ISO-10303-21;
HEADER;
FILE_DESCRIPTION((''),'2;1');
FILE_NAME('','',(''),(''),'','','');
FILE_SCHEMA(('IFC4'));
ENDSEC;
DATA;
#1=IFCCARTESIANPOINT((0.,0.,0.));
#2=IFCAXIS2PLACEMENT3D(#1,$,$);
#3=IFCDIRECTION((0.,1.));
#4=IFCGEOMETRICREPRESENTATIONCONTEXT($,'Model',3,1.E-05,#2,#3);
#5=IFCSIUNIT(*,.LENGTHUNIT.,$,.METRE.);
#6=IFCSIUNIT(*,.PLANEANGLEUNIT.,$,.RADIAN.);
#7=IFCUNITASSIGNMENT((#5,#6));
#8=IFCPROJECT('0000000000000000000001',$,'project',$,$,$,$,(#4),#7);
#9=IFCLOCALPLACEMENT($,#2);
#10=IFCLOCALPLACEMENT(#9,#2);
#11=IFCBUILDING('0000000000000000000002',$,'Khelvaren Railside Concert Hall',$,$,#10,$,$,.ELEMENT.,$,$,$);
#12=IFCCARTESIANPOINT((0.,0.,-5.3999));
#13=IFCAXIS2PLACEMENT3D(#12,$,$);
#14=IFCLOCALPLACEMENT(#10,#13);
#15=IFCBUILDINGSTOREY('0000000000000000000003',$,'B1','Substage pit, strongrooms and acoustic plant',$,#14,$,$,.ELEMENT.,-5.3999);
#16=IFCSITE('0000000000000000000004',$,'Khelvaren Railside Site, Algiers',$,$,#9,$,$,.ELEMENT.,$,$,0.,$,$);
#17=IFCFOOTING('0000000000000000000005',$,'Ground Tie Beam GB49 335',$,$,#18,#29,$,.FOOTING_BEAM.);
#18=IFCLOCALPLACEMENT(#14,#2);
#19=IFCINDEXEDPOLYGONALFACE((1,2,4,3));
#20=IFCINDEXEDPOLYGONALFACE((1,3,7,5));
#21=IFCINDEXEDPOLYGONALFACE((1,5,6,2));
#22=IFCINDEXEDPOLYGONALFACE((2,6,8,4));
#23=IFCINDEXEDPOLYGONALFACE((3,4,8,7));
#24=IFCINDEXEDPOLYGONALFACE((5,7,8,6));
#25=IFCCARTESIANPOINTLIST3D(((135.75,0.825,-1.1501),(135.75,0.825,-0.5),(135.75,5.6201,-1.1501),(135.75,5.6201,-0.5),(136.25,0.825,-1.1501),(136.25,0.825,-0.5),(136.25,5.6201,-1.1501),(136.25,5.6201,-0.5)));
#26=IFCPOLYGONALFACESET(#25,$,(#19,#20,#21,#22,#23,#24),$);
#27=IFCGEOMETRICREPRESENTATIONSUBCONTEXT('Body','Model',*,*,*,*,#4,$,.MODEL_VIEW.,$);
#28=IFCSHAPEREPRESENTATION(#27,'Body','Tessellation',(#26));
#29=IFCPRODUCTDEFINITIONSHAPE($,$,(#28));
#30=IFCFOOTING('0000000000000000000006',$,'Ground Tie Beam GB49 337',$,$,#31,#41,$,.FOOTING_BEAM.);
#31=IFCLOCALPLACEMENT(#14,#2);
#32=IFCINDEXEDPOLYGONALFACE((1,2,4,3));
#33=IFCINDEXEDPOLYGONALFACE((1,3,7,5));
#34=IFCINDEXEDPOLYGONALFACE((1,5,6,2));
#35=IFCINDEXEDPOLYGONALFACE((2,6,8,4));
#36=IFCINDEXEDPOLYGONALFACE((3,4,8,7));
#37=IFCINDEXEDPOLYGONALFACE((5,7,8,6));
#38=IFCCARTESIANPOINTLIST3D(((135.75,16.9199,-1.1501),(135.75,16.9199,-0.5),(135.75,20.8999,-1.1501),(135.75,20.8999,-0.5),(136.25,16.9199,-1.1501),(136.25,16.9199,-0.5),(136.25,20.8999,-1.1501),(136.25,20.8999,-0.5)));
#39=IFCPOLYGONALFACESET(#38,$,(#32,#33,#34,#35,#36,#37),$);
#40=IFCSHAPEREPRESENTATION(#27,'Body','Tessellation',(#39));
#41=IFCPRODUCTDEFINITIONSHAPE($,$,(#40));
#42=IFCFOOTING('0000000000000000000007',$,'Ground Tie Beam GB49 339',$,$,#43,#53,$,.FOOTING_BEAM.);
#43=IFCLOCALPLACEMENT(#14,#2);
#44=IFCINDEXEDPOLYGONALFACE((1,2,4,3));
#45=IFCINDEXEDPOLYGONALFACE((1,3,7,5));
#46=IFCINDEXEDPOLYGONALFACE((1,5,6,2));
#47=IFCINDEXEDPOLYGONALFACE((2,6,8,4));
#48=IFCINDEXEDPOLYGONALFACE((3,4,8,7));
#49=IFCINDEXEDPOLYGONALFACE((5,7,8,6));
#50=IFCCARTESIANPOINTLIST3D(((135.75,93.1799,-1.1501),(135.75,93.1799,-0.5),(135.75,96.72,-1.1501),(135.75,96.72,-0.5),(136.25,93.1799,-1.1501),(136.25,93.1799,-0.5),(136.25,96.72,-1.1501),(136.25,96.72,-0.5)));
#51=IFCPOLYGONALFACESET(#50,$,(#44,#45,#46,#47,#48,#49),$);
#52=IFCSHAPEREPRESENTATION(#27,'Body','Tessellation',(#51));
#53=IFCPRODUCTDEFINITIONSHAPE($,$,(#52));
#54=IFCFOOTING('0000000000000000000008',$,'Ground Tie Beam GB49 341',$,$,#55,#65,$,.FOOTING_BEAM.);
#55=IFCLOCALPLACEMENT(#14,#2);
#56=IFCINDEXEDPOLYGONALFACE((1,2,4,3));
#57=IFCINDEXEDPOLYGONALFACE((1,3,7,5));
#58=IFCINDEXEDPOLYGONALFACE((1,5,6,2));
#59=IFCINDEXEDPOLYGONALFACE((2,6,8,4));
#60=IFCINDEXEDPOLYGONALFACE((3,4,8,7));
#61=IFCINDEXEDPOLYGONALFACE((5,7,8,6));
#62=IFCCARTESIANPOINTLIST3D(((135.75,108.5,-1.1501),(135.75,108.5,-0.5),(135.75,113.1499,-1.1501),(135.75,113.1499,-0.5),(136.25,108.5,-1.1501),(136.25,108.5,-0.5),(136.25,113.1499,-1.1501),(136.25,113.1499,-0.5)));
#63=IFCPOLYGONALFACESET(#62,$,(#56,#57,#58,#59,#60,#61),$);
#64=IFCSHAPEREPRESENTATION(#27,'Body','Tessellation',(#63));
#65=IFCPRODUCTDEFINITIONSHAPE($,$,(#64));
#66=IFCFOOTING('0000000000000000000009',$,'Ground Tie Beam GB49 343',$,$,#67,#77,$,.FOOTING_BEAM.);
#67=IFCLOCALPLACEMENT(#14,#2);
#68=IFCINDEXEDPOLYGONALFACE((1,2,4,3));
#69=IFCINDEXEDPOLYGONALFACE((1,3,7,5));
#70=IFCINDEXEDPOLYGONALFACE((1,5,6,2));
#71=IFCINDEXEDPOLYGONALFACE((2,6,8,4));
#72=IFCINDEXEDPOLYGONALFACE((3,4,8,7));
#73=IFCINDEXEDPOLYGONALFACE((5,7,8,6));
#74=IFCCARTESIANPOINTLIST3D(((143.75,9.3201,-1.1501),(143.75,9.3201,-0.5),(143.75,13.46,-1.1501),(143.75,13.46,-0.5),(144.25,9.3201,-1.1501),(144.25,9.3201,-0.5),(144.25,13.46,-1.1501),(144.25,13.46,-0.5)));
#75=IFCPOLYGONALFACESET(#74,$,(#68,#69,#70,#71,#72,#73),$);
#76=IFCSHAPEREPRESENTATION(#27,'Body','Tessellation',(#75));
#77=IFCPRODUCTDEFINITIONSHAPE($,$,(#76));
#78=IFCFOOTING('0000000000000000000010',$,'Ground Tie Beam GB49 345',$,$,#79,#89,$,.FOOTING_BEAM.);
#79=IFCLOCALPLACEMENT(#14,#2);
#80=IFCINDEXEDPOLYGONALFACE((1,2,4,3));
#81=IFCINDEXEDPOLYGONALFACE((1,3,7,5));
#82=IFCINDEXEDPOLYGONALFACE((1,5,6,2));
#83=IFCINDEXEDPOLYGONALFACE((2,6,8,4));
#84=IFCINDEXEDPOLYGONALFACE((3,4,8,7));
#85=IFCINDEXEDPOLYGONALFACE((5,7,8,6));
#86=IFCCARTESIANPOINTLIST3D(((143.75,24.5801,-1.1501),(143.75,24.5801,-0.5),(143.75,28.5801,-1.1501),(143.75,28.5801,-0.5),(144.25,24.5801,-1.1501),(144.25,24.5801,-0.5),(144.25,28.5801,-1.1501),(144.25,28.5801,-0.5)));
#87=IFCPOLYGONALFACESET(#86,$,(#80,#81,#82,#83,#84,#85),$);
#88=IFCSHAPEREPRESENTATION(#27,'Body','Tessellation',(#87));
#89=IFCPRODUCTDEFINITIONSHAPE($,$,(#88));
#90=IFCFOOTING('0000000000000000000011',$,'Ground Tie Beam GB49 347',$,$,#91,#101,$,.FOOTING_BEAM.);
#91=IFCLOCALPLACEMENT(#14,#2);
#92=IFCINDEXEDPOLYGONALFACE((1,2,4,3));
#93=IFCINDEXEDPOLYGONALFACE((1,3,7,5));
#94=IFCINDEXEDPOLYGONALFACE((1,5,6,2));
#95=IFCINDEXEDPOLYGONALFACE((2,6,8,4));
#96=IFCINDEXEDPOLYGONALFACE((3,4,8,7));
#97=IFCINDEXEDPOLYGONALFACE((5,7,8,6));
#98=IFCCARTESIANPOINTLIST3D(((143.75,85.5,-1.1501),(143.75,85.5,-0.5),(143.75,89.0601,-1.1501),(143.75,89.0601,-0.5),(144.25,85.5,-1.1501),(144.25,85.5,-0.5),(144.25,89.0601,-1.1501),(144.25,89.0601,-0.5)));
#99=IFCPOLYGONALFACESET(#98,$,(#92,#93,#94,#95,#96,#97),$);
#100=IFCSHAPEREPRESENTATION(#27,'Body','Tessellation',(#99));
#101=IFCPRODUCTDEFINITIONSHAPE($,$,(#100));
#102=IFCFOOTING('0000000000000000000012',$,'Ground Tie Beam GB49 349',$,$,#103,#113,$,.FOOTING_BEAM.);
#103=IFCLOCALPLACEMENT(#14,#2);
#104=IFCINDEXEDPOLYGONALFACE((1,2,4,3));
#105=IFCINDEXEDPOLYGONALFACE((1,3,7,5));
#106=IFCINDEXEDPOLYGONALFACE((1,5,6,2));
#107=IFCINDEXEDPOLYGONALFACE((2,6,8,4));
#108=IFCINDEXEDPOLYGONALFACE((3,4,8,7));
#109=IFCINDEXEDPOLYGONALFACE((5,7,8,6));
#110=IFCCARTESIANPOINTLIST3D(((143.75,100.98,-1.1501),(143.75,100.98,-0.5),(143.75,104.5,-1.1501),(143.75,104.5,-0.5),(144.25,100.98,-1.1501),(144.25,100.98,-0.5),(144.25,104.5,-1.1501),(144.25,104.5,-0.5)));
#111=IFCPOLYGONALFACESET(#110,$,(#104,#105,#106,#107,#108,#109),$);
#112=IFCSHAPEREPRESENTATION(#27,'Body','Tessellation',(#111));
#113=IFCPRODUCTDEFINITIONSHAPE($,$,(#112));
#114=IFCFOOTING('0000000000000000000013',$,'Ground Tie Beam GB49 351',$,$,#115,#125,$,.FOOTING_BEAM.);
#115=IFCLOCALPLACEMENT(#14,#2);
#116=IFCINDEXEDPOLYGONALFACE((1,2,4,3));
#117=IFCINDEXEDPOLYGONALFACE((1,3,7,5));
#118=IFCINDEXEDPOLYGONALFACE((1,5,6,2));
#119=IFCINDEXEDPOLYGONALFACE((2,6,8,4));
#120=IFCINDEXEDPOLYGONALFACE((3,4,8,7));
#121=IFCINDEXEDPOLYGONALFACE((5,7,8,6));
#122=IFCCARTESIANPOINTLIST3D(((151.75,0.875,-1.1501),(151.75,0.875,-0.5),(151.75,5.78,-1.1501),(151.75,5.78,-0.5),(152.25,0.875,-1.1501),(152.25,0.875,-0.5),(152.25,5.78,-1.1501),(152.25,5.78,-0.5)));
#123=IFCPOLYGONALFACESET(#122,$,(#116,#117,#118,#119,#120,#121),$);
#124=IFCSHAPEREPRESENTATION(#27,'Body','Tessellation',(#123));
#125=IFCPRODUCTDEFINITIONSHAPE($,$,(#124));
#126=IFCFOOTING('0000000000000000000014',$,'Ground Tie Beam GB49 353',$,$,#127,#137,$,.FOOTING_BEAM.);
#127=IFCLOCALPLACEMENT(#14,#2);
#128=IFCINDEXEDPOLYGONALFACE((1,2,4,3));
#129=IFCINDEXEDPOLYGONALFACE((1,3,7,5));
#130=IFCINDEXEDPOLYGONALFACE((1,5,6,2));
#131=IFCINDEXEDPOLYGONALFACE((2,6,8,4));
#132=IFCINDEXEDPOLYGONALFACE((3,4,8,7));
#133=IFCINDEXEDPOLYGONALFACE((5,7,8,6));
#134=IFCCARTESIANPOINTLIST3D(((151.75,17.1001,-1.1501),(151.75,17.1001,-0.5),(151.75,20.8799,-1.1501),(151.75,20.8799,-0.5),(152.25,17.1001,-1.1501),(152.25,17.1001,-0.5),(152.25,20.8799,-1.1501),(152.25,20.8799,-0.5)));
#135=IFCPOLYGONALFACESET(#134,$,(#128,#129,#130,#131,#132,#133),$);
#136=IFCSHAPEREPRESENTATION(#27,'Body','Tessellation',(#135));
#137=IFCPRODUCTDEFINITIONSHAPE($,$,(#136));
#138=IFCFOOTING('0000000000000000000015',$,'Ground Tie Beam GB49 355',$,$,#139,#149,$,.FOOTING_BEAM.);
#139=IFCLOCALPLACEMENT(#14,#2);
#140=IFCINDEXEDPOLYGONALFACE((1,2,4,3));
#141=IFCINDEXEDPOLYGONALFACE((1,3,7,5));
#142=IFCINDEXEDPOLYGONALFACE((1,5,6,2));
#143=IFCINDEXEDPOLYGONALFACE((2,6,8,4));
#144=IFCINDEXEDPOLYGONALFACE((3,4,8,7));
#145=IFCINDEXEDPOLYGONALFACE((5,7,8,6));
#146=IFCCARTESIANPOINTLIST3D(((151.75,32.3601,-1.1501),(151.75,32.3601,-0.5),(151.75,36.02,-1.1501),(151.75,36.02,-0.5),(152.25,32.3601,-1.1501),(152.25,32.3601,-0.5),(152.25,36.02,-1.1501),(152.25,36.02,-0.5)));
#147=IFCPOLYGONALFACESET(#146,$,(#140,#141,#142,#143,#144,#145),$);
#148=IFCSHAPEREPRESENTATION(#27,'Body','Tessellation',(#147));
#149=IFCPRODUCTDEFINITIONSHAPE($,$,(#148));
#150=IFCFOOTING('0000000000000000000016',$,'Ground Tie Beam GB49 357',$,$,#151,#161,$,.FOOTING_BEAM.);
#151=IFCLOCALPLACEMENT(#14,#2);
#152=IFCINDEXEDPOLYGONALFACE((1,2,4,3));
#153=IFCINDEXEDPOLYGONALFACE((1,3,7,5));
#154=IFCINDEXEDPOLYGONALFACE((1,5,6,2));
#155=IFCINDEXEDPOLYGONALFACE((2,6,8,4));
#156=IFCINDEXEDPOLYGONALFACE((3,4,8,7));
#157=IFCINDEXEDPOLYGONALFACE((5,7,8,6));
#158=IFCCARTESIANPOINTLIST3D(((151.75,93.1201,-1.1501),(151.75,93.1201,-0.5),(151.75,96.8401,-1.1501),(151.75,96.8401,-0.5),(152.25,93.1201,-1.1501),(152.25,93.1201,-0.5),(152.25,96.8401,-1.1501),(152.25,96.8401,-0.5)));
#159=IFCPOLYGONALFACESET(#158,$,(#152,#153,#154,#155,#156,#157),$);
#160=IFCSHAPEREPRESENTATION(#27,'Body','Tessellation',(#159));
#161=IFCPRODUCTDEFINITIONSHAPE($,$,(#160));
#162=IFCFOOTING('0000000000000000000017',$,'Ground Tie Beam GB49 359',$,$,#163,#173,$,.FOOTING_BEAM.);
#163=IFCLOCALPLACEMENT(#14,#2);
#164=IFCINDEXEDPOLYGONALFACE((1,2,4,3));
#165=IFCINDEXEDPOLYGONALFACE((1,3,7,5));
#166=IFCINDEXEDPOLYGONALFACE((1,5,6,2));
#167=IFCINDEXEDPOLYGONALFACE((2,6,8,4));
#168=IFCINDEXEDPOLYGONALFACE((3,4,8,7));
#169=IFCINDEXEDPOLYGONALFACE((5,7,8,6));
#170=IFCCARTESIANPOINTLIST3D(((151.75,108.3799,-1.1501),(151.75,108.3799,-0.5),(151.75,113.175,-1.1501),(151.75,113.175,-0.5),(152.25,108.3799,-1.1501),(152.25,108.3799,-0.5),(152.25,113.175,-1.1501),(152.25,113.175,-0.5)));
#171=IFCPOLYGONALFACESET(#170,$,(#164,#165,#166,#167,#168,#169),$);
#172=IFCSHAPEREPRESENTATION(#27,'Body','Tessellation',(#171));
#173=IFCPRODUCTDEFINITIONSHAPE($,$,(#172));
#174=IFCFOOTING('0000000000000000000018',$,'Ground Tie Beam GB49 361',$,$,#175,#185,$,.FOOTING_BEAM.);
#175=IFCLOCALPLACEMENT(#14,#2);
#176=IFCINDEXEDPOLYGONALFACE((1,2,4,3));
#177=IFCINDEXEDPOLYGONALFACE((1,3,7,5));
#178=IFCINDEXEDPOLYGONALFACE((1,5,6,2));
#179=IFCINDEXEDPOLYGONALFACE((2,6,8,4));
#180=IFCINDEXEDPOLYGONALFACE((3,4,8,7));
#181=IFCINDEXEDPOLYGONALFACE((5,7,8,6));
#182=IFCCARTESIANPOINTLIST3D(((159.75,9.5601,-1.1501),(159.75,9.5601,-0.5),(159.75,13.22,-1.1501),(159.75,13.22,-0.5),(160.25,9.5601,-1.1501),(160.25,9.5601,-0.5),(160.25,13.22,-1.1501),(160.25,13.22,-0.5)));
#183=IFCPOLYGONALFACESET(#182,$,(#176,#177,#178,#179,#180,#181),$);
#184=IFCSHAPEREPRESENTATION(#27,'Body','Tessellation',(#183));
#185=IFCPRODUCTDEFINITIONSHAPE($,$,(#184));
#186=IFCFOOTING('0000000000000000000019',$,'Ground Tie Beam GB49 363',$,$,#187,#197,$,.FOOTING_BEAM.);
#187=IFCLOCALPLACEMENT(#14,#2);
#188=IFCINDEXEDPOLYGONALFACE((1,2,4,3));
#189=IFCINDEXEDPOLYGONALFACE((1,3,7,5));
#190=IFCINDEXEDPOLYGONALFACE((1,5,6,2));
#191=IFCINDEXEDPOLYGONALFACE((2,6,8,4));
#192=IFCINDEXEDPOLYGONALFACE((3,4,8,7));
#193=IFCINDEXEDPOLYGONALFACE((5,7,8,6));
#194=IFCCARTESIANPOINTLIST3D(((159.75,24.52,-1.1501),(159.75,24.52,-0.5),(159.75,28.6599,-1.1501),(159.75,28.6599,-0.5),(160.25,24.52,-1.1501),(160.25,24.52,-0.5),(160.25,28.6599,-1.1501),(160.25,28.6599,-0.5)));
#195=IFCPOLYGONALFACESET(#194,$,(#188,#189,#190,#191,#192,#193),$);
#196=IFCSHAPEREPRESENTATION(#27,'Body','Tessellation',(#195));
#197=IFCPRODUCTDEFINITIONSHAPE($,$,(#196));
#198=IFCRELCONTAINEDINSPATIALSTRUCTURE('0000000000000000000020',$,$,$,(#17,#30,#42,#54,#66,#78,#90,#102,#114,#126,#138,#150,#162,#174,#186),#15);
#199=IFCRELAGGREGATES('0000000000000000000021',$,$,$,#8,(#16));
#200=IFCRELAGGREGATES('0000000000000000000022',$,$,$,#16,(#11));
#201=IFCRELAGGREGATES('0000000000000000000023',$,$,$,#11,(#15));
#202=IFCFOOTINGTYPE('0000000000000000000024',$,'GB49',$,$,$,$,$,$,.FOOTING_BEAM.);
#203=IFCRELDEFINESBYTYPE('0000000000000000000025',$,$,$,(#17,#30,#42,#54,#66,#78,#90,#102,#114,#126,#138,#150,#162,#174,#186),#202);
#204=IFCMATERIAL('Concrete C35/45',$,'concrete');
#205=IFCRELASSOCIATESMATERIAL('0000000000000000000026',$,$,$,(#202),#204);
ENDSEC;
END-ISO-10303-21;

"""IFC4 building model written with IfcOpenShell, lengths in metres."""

from ifc_helpers import new_model, si_unit, direction, frame, origin, place, context, subcontext, project, spatial, polyline, outline, extrude, material, type_object, element, save


model = new_model("IFC4")

# Units and contexts
model_context = context("Model", 3, precision=1e-05, world=origin(), true_north=direction((0.0, 1.0)))
body_context = subcontext(model_context, "Body", "Model", "MODEL_VIEW")
ifc_project = project(units=[si_unit("LENGTHUNIT", "METRE"), si_unit("PLANEANGLEUNIT", "RADIAN")], contexts=[model_context])

# Site, building, storey
site_placement = place(None, origin())
site = spatial("IfcSite", under=ifc_project, at=site_placement, Name="Khelvaren Railside Site, Algiers", CompositionType="ELEMENT", RefElevation=0.0)
building_placement = place(site_placement, origin())
building = spatial("IfcBuilding", under=site, at=building_placement, Name="Khelvaren Railside Concert Hall", CompositionType="ELEMENT")
storey_placement = place(building_placement, frame((0.0, 0.0, -5.3999)))
storey = spatial("IfcBuildingStorey", under=building, at=storey_placement, Name="B1", Description="Substage pit, strongrooms and acoustic plant", CompositionType="ELEMENT", Elevation=-5.3999)

# Footings
ifc_material = material(Name="Concrete C35/45", Category="concrete")
footing_type_1 = type_object("IfcFootingType", Name="GB49", PredefinedType="FOOTING_BEAM", material=ifc_material)
footing_1_placement = place(storey_placement, frame((0.0, 0.0, -1.1501)))
element("IfcFooting", 1, at=footing_1_placement, inside=storey, type_object=footing_type_1, Name="Ground Tie Beam GB49 335", PredefinedType="FOOTING_BEAM", context=body_context, shape_type="SweptSolid", body=[
    extrude(outline(polyline([(135.75, 0.825), (136.25, 0.825), (136.25, 5.6201), (135.75, 5.6201), (135.75, 0.825)])), origin(), (0.0, 0.0, 1.0), 0.6501),
])
footing_2_placement = place(storey_placement, frame((0.0, 0.0, -1.1501)))
element("IfcFooting", 2, at=footing_2_placement, inside=storey, type_object=footing_type_1, Name="Ground Tie Beam GB49 337", PredefinedType="FOOTING_BEAM", context=body_context, shape_type="SweptSolid", body=[
    extrude(outline(polyline([(135.75, 16.9199), (136.25, 16.9199), (136.25, 20.8999), (135.75, 20.8999), (135.75, 16.9199)])), origin(), (0.0, 0.0, 1.0), 0.6501),
])
footing_3_placement = place(storey_placement, frame((0.0, 0.0, -1.1501)))
element("IfcFooting", 3, at=footing_3_placement, inside=storey, type_object=footing_type_1, Name="Ground Tie Beam GB49 339", PredefinedType="FOOTING_BEAM", context=body_context, shape_type="SweptSolid", body=[
    extrude(outline(polyline([(135.75, 93.1799), (136.25, 93.1799), (136.25, 96.72), (135.75, 96.72), (135.75, 93.1799)])), origin(), (0.0, 0.0, 1.0), 0.6501),
])
footing_4_placement = place(storey_placement, frame((0.0, 0.0, -1.1501)))
element("IfcFooting", 4, at=footing_4_placement, inside=storey, type_object=footing_type_1, Name="Ground Tie Beam GB49 341", PredefinedType="FOOTING_BEAM", context=body_context, shape_type="SweptSolid", body=[
    extrude(outline(polyline([(135.75, 108.5), (136.25, 108.5), (136.25, 113.1499), (135.75, 113.1499), (135.75, 108.5)])), origin(), (0.0, 0.0, 1.0), 0.6501),
])
footing_5_placement = place(storey_placement, frame((0.0, 0.0, -1.1501)))
element("IfcFooting", 5, at=footing_5_placement, inside=storey, type_object=footing_type_1, Name="Ground Tie Beam GB49 343", PredefinedType="FOOTING_BEAM", context=body_context, shape_type="SweptSolid", body=[
    extrude(outline(polyline([(143.75, 9.3201), (144.25, 9.3201), (144.25, 13.46), (143.75, 13.46), (143.75, 9.3201)])), origin(), (0.0, 0.0, 1.0), 0.6501),
])
footing_6_placement = place(storey_placement, frame((0.0, 0.0, -1.1501)))
element("IfcFooting", 6, at=footing_6_placement, inside=storey, type_object=footing_type_1, Name="Ground Tie Beam GB49 345", PredefinedType="FOOTING_BEAM", context=body_context, shape_type="SweptSolid", body=[
    extrude(outline(polyline([(143.75, 24.5801), (144.25, 24.5801), (144.25, 28.5801), (143.75, 28.5801), (143.75, 24.5801)])), origin(), (0.0, 0.0, 1.0), 0.6501),
])
footing_7_placement = place(storey_placement, frame((0.0, 0.0, -1.1501)))
element("IfcFooting", 7, at=footing_7_placement, inside=storey, type_object=footing_type_1, Name="Ground Tie Beam GB49 347", PredefinedType="FOOTING_BEAM", context=body_context, shape_type="SweptSolid", body=[
    extrude(outline(polyline([(143.75, 85.5), (144.25, 85.5), (144.25, 89.0601), (143.75, 89.0601), (143.75, 85.5)])), origin(), (0.0, 0.0, 1.0), 0.6501),
])
footing_8_placement = place(storey_placement, frame((0.0, 0.0, -1.1501)))
element("IfcFooting", 8, at=footing_8_placement, inside=storey, type_object=footing_type_1, Name="Ground Tie Beam GB49 349", PredefinedType="FOOTING_BEAM", context=body_context, shape_type="SweptSolid", body=[
    extrude(outline(polyline([(143.75, 100.98), (144.25, 100.98), (144.25, 104.5), (143.75, 104.5), (143.75, 100.98)])), origin(), (0.0, 0.0, 1.0), 0.6501),
])
footing_9_placement = place(storey_placement, frame((0.0, 0.0, -1.1501)))
element("IfcFooting", 9, at=footing_9_placement, inside=storey, type_object=footing_type_1, Name="Ground Tie Beam GB49 351", PredefinedType="FOOTING_BEAM", context=body_context, shape_type="SweptSolid", body=[
    extrude(outline(polyline([(151.75, 0.875), (152.25, 0.875), (152.25, 5.78), (151.75, 5.78), (151.75, 0.875)])), origin(), (0.0, 0.0, 1.0), 0.6501),
])
footing_10_placement = place(storey_placement, frame((0.0, 0.0, -1.1501)))
element("IfcFooting", 10, at=footing_10_placement, inside=storey, type_object=footing_type_1, Name="Ground Tie Beam GB49 353", PredefinedType="FOOTING_BEAM", context=body_context, shape_type="SweptSolid", body=[
    extrude(outline(polyline([(151.75, 17.1001), (152.25, 17.1001), (152.25, 20.8799), (151.75, 20.8799), (151.75, 17.1001)])), origin(), (0.0, 0.0, 1.0), 0.6501),
])
footing_11_placement = place(storey_placement, frame((0.0, 0.0, -1.1501)))
element("IfcFooting", 11, at=footing_11_placement, inside=storey, type_object=footing_type_1, Name="Ground Tie Beam GB49 355", PredefinedType="FOOTING_BEAM", context=body_context, shape_type="SweptSolid", body=[
    extrude(outline(polyline([(151.75, 32.3601), (152.25, 32.3601), (152.25, 36.02), (151.75, 36.02), (151.75, 32.3601)])), origin(), (0.0, 0.0, 1.0), 0.6501),
])
footing_12_placement = place(storey_placement, frame((0.0, 0.0, -1.1501)))
element("IfcFooting", 12, at=footing_12_placement, inside=storey, type_object=footing_type_1, Name="Ground Tie Beam GB49 357", PredefinedType="FOOTING_BEAM", context=body_context, shape_type="SweptSolid", body=[
    extrude(outline(polyline([(151.75, 93.1201), (152.25, 93.1201), (152.25, 96.8401), (151.75, 96.8401), (151.75, 93.1201)])), origin(), (0.0, 0.0, 1.0), 0.6501),
])
footing_13_placement = place(storey_placement, frame((0.0, 0.0, -1.1501)))
element("IfcFooting", 13, at=footing_13_placement, inside=storey, type_object=footing_type_1, Name="Ground Tie Beam GB49 359", PredefinedType="FOOTING_BEAM", context=body_context, shape_type="SweptSolid", body=[
    extrude(outline(polyline([(151.75, 108.3799), (152.25, 108.3799), (152.25, 113.175), (151.75, 113.175), (151.75, 108.3799)])), origin(), (0.0, 0.0, 1.0), 0.6501),
])
footing_14_placement = place(storey_placement, frame((0.0, 0.0, -1.1501)))
element("IfcFooting", 14, at=footing_14_placement, inside=storey, type_object=footing_type_1, Name="Ground Tie Beam GB49 361", PredefinedType="FOOTING_BEAM", context=body_context, shape_type="SweptSolid", body=[
    extrude(outline(polyline([(159.75, 9.5601), (160.25, 9.5601), (160.25, 13.22), (159.75, 13.22), (159.75, 9.5601)])), origin(), (0.0, 0.0, 1.0), 0.6501),
])
footing_15_placement = place(storey_placement, frame((0.0, 0.0, -1.1501)))
element("IfcFooting", 15, at=footing_15_placement, inside=storey, type_object=footing_type_1, Name="Ground Tie Beam GB49 363", PredefinedType="FOOTING_BEAM", context=body_context, shape_type="SweptSolid", body=[
    extrude(outline(polyline([(159.75, 24.52), (160.25, 24.52), (160.25, 28.6599), (159.75, 28.6599), (159.75, 24.52)])), origin(), (0.0, 0.0, 1.0), 0.6501),
])

save(model, "model.ifc")
